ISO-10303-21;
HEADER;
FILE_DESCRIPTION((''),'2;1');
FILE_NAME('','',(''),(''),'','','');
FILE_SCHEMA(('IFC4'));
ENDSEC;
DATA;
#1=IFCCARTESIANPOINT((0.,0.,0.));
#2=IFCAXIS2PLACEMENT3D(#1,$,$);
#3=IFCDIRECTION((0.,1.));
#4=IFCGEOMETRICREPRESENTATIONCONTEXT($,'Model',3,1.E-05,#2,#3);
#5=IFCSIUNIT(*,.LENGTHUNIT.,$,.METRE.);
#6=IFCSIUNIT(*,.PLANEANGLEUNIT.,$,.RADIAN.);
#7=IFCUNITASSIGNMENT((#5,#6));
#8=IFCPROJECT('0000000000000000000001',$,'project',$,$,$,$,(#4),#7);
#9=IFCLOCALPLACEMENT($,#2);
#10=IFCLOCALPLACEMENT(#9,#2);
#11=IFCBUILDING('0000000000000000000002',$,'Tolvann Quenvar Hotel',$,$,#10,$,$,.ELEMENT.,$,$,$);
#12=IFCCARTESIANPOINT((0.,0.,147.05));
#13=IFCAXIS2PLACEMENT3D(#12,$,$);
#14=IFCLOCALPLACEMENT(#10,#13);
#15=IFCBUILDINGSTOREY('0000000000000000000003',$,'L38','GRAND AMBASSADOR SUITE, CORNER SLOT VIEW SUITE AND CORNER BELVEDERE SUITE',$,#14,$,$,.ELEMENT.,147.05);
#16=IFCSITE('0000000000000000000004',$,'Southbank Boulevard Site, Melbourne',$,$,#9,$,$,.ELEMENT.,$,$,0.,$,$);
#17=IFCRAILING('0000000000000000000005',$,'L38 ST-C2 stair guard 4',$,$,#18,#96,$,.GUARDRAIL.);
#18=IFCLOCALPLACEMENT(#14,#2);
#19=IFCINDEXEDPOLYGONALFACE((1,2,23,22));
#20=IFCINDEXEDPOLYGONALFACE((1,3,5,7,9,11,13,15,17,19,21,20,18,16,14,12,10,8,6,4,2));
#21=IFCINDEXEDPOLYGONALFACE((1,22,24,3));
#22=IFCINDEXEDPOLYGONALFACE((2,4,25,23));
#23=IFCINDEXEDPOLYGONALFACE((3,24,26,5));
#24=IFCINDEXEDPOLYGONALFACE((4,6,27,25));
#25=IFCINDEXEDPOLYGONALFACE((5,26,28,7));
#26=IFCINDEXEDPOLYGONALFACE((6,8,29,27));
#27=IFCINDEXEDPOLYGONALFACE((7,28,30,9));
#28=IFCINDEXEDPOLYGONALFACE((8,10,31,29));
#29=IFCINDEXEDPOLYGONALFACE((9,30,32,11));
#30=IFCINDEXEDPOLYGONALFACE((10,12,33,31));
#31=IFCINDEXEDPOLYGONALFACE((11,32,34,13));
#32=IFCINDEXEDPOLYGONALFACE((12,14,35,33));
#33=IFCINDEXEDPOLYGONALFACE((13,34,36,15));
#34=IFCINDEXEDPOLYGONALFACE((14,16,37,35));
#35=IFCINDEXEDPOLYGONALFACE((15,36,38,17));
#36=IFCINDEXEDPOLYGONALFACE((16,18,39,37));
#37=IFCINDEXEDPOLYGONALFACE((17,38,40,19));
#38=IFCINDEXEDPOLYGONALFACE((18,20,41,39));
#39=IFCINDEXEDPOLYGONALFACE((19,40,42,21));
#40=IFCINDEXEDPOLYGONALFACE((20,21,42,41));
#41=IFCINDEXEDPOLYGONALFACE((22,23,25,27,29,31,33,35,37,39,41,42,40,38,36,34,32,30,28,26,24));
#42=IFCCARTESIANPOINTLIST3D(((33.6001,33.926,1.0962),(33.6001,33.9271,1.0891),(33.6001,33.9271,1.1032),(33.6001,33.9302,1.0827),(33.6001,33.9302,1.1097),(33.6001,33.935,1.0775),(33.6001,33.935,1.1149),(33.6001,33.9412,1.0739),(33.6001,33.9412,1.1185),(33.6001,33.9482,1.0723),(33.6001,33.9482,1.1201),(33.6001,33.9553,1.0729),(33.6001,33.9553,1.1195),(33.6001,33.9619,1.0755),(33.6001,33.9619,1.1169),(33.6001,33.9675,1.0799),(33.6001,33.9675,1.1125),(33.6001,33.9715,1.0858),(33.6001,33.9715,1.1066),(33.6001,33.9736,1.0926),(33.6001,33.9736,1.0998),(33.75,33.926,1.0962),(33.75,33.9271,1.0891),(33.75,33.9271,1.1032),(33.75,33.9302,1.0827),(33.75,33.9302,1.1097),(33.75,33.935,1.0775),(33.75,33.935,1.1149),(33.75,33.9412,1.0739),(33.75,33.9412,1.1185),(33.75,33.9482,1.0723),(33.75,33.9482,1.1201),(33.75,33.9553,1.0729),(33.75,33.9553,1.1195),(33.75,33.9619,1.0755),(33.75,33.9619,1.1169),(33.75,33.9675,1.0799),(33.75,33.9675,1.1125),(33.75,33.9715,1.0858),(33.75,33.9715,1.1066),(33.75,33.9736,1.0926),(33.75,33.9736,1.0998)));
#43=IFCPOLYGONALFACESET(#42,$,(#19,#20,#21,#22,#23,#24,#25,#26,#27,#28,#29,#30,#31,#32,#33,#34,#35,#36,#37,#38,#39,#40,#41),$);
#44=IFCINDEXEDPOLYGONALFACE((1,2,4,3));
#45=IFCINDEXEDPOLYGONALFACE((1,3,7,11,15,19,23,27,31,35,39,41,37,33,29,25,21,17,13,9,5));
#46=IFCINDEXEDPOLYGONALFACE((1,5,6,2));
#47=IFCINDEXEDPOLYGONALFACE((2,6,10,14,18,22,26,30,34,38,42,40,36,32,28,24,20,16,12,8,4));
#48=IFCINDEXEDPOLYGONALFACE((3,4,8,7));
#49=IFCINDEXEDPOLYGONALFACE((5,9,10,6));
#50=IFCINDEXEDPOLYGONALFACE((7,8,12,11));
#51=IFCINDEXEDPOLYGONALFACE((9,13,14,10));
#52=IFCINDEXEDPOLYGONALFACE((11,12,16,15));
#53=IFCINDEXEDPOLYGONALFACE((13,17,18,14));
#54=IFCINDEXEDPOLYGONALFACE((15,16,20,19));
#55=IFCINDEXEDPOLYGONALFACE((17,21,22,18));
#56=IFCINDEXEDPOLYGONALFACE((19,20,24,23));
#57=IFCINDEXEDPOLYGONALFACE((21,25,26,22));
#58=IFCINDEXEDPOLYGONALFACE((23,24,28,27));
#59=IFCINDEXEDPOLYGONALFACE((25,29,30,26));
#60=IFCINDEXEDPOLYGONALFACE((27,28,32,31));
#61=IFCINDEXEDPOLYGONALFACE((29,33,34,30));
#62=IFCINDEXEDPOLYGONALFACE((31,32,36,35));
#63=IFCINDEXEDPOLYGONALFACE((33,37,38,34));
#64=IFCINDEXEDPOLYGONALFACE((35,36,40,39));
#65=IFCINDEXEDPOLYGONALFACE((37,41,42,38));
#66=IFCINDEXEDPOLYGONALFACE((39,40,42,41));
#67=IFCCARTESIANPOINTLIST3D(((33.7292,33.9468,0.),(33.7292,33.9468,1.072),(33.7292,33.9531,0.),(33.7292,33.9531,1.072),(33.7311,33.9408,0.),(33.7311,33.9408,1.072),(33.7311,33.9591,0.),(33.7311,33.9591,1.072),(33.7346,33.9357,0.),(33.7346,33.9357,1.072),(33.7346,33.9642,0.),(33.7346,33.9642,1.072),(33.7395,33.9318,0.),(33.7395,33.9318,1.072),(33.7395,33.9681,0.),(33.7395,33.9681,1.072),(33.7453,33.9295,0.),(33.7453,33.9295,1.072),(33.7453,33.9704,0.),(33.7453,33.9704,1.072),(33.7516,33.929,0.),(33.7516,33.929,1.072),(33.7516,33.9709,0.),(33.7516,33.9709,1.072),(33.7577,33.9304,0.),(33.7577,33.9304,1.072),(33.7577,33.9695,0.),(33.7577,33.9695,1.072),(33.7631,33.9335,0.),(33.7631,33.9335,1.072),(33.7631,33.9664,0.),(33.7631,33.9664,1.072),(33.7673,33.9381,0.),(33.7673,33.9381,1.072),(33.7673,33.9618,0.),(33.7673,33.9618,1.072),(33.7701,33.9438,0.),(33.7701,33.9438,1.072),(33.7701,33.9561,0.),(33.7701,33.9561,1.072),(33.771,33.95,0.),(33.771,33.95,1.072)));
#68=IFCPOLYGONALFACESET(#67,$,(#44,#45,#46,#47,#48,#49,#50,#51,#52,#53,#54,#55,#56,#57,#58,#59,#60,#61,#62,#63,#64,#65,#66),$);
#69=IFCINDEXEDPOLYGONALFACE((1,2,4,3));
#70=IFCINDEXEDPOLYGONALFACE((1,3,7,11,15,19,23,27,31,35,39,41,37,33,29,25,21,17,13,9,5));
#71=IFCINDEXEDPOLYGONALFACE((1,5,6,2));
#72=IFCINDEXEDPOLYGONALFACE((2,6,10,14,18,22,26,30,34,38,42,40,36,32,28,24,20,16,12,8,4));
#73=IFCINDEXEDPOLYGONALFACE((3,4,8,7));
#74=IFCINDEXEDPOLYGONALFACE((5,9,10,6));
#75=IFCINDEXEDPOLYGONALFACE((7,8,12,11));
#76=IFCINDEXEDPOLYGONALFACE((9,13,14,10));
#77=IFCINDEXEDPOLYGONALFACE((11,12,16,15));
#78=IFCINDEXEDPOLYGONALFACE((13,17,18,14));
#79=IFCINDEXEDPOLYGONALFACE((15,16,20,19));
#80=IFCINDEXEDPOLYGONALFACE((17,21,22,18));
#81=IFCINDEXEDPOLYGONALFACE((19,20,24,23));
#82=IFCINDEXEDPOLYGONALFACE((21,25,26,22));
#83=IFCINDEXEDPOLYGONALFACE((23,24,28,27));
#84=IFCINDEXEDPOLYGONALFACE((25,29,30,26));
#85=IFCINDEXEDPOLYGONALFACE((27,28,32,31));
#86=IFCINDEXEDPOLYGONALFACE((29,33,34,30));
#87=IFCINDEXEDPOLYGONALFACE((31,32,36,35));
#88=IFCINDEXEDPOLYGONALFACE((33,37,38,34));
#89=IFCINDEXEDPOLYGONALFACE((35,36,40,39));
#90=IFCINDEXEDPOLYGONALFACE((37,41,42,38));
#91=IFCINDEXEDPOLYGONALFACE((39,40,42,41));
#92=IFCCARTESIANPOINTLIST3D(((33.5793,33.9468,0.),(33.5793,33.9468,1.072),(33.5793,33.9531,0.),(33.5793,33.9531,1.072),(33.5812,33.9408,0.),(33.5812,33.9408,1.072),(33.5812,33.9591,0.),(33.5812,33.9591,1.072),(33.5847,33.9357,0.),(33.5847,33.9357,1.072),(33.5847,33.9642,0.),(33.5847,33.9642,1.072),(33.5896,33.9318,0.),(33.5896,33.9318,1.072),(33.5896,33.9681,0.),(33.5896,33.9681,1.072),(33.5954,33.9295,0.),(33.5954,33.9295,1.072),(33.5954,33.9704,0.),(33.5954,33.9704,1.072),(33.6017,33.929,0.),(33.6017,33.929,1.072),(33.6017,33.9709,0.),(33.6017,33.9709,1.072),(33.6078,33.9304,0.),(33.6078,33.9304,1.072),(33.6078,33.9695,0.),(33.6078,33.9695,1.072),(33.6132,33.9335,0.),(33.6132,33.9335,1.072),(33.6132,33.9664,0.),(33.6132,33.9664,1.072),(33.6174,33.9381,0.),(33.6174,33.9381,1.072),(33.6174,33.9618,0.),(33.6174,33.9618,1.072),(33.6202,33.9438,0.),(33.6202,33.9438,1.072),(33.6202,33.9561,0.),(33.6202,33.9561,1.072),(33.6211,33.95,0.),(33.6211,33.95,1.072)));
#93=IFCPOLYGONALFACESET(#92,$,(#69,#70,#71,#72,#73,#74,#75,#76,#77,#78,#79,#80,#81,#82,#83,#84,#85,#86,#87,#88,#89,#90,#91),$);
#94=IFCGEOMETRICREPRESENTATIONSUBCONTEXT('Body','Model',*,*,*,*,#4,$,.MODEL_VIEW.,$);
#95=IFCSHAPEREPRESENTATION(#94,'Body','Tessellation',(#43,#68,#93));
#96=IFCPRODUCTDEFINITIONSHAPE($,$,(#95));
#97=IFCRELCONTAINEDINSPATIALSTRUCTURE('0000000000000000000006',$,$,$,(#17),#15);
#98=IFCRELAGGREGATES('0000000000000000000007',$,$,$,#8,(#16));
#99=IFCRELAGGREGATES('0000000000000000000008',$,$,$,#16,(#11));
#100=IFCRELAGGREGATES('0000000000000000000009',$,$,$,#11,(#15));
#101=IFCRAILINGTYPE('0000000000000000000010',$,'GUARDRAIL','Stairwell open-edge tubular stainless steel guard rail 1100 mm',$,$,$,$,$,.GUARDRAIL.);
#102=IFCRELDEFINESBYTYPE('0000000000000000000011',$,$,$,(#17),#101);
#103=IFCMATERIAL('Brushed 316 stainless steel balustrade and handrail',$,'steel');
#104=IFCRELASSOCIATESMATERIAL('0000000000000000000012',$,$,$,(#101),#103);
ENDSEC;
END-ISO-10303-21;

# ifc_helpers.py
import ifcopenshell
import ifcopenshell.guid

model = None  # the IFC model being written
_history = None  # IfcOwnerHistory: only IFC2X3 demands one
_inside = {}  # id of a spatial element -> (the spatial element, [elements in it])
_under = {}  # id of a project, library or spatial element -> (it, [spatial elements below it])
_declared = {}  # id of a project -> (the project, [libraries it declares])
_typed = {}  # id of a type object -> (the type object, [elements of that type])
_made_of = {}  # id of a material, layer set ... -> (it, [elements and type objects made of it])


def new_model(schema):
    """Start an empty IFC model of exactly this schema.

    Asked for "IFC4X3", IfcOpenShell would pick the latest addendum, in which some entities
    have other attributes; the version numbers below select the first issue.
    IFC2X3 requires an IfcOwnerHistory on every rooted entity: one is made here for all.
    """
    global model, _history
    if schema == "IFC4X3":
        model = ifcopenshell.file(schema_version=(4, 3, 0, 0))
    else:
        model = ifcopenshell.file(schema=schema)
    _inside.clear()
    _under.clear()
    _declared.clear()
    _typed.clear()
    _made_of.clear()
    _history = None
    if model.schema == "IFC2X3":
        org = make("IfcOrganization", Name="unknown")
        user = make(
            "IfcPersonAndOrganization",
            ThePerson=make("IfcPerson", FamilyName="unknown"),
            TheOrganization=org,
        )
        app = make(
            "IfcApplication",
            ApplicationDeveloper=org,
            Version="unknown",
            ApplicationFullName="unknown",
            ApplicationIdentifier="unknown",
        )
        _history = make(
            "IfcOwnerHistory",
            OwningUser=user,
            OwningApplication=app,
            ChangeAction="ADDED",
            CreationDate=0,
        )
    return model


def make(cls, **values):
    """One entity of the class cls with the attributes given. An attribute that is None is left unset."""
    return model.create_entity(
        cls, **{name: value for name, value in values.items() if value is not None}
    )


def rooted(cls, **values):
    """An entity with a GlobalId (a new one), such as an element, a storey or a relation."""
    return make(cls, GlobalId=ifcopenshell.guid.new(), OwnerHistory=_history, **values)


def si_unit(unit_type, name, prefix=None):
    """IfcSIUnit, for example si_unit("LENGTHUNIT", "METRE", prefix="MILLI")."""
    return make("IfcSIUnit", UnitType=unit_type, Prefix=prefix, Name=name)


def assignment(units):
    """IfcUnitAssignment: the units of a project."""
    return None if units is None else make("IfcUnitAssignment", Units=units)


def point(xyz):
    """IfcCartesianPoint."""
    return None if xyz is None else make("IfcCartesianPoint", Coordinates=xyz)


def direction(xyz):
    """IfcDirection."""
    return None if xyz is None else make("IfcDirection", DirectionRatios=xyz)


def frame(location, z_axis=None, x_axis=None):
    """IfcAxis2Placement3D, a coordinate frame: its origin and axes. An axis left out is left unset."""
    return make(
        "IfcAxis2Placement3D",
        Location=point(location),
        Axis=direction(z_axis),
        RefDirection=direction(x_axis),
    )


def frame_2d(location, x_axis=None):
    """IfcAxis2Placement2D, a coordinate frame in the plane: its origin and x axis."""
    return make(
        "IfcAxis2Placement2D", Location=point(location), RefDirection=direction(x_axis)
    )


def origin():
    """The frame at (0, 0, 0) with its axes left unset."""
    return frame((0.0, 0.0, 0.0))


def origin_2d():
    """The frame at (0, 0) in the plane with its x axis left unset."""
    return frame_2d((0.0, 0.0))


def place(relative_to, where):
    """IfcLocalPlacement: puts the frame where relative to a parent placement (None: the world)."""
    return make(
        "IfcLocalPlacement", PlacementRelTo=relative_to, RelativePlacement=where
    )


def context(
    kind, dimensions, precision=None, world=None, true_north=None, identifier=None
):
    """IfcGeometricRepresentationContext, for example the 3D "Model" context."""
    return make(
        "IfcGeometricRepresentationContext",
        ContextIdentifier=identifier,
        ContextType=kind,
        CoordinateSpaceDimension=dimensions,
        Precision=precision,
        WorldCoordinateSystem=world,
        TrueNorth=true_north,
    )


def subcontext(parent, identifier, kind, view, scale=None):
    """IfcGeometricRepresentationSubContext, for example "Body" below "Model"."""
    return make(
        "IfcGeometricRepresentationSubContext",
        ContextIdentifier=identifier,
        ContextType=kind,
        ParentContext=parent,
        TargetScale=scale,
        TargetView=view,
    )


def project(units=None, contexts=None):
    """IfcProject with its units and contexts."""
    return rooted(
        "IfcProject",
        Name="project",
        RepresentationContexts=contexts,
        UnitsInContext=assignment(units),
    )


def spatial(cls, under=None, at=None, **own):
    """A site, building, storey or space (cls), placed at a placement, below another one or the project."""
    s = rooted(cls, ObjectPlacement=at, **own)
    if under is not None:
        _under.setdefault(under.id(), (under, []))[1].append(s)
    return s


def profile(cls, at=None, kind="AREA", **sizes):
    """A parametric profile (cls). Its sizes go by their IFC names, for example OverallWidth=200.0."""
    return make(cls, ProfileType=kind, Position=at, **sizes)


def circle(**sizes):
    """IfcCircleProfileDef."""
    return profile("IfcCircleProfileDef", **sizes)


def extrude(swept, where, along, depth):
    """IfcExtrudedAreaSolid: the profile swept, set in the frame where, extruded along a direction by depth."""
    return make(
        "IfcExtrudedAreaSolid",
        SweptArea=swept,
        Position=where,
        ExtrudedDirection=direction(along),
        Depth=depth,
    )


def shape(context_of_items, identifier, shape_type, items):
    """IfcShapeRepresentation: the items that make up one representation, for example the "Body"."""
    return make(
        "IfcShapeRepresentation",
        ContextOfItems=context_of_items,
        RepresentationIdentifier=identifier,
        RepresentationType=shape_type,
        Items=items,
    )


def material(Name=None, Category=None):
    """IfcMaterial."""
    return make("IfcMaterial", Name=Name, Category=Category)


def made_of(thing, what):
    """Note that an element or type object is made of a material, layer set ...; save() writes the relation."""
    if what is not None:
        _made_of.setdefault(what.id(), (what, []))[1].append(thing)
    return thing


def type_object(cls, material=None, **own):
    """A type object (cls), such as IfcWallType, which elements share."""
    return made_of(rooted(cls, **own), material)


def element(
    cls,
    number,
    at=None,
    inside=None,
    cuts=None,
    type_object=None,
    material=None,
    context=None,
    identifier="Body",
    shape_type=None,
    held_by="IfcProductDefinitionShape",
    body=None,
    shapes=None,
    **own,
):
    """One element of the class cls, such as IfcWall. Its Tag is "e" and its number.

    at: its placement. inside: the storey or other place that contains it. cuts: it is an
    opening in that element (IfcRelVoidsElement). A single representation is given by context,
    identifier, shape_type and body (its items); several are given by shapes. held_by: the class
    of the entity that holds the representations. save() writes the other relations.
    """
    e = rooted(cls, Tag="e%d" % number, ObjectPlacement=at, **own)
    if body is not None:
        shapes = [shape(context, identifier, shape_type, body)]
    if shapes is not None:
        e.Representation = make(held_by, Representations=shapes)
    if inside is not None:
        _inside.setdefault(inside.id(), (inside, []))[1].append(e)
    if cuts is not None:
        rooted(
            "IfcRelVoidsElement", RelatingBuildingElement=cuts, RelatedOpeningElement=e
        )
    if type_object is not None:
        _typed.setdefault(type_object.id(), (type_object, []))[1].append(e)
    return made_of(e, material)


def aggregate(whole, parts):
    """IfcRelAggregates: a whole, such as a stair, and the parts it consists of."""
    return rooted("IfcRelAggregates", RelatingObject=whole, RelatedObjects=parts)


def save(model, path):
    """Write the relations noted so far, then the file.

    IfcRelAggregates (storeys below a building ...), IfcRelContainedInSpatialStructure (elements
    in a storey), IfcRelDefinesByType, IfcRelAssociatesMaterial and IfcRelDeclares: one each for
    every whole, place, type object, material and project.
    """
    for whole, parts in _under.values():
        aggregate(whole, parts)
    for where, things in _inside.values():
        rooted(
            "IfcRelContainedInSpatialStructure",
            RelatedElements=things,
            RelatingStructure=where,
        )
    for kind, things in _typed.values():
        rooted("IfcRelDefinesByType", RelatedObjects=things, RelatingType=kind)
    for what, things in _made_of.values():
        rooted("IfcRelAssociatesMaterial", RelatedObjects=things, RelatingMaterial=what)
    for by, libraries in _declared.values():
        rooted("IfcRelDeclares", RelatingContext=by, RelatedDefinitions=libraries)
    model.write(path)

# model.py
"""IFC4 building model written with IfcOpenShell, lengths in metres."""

from ifc_helpers import new_model, si_unit, direction, frame, origin, origin_2d, place, context, subcontext, project, spatial, circle, extrude, material, type_object, element, save


model = new_model("IFC4")

# Units and contexts
model_context = context("Model", 3, precision=1e-05, world=origin(), true_north=direction((0.0, 1.0)))
body_context = subcontext(model_context, "Body", "Model", "MODEL_VIEW")
ifc_project = project(units=[si_unit("LENGTHUNIT", "METRE"), si_unit("PLANEANGLEUNIT", "RADIAN")], contexts=[model_context])

# Site, building, storey
site_placement = place(None, origin())
site = spatial("IfcSite", under=ifc_project, at=site_placement, Name="Southbank Boulevard Site, Melbourne", CompositionType="ELEMENT", RefElevation=0.0)
building_placement = place(site_placement, origin())
building = spatial("IfcBuilding", under=site, at=building_placement, Name="Tolvann Quenvar Hotel", CompositionType="ELEMENT")
storey_placement = place(building_placement, frame((0.0, 0.0, 147.05)))
storey = spatial("IfcBuildingStorey", under=building, at=storey_placement, Name="L38", Description="GRAND AMBASSADOR SUITE, CORNER SLOT VIEW SUITE AND CORNER BELVEDERE SUITE", CompositionType="ELEMENT", Elevation=147.05)

# Railing
ifc_material_1 = material(Name="Brushed 316 stainless steel balustrade and handrail", Category="steel")
railing_type_1 = type_object("IfcRailingType", Name="GUARDRAIL", Description="Stairwell open-edge tubular stainless steel guard rail 1100 mm", PredefinedType="GUARDRAIL", material=ifc_material_1)
railing_1_placement = place(storey_placement, frame((33.75, 33.95, 0.0)))
element("IfcRailing", 1, at=railing_1_placement, inside=storey, type_object=railing_type_1, Name="L38 ST-C2 stair guard 4", PredefinedType="GUARDRAIL", context=body_context, shape_type="SweptSolid", body=[
    extrude(circle(Radius=0.0239, at=origin_2d()), frame((0.0, 0.0, 1.0962), z_axis=(-1.0, 0.0, 0.0), x_axis=(0.0, -1.0, 0.0)), (0.0, 0.0, 1.0), 0.1499),
    extrude(circle(Radius=0.021, at=origin_2d()), origin(), (0.0, 0.0, 1.0), 1.072),
    extrude(circle(Radius=0.021, at=origin_2d()), frame((-0.1499, 0.0, 0.0)), (0.0, 0.0, 1.0), 1.072),
])

save(model, "model.ifc")
